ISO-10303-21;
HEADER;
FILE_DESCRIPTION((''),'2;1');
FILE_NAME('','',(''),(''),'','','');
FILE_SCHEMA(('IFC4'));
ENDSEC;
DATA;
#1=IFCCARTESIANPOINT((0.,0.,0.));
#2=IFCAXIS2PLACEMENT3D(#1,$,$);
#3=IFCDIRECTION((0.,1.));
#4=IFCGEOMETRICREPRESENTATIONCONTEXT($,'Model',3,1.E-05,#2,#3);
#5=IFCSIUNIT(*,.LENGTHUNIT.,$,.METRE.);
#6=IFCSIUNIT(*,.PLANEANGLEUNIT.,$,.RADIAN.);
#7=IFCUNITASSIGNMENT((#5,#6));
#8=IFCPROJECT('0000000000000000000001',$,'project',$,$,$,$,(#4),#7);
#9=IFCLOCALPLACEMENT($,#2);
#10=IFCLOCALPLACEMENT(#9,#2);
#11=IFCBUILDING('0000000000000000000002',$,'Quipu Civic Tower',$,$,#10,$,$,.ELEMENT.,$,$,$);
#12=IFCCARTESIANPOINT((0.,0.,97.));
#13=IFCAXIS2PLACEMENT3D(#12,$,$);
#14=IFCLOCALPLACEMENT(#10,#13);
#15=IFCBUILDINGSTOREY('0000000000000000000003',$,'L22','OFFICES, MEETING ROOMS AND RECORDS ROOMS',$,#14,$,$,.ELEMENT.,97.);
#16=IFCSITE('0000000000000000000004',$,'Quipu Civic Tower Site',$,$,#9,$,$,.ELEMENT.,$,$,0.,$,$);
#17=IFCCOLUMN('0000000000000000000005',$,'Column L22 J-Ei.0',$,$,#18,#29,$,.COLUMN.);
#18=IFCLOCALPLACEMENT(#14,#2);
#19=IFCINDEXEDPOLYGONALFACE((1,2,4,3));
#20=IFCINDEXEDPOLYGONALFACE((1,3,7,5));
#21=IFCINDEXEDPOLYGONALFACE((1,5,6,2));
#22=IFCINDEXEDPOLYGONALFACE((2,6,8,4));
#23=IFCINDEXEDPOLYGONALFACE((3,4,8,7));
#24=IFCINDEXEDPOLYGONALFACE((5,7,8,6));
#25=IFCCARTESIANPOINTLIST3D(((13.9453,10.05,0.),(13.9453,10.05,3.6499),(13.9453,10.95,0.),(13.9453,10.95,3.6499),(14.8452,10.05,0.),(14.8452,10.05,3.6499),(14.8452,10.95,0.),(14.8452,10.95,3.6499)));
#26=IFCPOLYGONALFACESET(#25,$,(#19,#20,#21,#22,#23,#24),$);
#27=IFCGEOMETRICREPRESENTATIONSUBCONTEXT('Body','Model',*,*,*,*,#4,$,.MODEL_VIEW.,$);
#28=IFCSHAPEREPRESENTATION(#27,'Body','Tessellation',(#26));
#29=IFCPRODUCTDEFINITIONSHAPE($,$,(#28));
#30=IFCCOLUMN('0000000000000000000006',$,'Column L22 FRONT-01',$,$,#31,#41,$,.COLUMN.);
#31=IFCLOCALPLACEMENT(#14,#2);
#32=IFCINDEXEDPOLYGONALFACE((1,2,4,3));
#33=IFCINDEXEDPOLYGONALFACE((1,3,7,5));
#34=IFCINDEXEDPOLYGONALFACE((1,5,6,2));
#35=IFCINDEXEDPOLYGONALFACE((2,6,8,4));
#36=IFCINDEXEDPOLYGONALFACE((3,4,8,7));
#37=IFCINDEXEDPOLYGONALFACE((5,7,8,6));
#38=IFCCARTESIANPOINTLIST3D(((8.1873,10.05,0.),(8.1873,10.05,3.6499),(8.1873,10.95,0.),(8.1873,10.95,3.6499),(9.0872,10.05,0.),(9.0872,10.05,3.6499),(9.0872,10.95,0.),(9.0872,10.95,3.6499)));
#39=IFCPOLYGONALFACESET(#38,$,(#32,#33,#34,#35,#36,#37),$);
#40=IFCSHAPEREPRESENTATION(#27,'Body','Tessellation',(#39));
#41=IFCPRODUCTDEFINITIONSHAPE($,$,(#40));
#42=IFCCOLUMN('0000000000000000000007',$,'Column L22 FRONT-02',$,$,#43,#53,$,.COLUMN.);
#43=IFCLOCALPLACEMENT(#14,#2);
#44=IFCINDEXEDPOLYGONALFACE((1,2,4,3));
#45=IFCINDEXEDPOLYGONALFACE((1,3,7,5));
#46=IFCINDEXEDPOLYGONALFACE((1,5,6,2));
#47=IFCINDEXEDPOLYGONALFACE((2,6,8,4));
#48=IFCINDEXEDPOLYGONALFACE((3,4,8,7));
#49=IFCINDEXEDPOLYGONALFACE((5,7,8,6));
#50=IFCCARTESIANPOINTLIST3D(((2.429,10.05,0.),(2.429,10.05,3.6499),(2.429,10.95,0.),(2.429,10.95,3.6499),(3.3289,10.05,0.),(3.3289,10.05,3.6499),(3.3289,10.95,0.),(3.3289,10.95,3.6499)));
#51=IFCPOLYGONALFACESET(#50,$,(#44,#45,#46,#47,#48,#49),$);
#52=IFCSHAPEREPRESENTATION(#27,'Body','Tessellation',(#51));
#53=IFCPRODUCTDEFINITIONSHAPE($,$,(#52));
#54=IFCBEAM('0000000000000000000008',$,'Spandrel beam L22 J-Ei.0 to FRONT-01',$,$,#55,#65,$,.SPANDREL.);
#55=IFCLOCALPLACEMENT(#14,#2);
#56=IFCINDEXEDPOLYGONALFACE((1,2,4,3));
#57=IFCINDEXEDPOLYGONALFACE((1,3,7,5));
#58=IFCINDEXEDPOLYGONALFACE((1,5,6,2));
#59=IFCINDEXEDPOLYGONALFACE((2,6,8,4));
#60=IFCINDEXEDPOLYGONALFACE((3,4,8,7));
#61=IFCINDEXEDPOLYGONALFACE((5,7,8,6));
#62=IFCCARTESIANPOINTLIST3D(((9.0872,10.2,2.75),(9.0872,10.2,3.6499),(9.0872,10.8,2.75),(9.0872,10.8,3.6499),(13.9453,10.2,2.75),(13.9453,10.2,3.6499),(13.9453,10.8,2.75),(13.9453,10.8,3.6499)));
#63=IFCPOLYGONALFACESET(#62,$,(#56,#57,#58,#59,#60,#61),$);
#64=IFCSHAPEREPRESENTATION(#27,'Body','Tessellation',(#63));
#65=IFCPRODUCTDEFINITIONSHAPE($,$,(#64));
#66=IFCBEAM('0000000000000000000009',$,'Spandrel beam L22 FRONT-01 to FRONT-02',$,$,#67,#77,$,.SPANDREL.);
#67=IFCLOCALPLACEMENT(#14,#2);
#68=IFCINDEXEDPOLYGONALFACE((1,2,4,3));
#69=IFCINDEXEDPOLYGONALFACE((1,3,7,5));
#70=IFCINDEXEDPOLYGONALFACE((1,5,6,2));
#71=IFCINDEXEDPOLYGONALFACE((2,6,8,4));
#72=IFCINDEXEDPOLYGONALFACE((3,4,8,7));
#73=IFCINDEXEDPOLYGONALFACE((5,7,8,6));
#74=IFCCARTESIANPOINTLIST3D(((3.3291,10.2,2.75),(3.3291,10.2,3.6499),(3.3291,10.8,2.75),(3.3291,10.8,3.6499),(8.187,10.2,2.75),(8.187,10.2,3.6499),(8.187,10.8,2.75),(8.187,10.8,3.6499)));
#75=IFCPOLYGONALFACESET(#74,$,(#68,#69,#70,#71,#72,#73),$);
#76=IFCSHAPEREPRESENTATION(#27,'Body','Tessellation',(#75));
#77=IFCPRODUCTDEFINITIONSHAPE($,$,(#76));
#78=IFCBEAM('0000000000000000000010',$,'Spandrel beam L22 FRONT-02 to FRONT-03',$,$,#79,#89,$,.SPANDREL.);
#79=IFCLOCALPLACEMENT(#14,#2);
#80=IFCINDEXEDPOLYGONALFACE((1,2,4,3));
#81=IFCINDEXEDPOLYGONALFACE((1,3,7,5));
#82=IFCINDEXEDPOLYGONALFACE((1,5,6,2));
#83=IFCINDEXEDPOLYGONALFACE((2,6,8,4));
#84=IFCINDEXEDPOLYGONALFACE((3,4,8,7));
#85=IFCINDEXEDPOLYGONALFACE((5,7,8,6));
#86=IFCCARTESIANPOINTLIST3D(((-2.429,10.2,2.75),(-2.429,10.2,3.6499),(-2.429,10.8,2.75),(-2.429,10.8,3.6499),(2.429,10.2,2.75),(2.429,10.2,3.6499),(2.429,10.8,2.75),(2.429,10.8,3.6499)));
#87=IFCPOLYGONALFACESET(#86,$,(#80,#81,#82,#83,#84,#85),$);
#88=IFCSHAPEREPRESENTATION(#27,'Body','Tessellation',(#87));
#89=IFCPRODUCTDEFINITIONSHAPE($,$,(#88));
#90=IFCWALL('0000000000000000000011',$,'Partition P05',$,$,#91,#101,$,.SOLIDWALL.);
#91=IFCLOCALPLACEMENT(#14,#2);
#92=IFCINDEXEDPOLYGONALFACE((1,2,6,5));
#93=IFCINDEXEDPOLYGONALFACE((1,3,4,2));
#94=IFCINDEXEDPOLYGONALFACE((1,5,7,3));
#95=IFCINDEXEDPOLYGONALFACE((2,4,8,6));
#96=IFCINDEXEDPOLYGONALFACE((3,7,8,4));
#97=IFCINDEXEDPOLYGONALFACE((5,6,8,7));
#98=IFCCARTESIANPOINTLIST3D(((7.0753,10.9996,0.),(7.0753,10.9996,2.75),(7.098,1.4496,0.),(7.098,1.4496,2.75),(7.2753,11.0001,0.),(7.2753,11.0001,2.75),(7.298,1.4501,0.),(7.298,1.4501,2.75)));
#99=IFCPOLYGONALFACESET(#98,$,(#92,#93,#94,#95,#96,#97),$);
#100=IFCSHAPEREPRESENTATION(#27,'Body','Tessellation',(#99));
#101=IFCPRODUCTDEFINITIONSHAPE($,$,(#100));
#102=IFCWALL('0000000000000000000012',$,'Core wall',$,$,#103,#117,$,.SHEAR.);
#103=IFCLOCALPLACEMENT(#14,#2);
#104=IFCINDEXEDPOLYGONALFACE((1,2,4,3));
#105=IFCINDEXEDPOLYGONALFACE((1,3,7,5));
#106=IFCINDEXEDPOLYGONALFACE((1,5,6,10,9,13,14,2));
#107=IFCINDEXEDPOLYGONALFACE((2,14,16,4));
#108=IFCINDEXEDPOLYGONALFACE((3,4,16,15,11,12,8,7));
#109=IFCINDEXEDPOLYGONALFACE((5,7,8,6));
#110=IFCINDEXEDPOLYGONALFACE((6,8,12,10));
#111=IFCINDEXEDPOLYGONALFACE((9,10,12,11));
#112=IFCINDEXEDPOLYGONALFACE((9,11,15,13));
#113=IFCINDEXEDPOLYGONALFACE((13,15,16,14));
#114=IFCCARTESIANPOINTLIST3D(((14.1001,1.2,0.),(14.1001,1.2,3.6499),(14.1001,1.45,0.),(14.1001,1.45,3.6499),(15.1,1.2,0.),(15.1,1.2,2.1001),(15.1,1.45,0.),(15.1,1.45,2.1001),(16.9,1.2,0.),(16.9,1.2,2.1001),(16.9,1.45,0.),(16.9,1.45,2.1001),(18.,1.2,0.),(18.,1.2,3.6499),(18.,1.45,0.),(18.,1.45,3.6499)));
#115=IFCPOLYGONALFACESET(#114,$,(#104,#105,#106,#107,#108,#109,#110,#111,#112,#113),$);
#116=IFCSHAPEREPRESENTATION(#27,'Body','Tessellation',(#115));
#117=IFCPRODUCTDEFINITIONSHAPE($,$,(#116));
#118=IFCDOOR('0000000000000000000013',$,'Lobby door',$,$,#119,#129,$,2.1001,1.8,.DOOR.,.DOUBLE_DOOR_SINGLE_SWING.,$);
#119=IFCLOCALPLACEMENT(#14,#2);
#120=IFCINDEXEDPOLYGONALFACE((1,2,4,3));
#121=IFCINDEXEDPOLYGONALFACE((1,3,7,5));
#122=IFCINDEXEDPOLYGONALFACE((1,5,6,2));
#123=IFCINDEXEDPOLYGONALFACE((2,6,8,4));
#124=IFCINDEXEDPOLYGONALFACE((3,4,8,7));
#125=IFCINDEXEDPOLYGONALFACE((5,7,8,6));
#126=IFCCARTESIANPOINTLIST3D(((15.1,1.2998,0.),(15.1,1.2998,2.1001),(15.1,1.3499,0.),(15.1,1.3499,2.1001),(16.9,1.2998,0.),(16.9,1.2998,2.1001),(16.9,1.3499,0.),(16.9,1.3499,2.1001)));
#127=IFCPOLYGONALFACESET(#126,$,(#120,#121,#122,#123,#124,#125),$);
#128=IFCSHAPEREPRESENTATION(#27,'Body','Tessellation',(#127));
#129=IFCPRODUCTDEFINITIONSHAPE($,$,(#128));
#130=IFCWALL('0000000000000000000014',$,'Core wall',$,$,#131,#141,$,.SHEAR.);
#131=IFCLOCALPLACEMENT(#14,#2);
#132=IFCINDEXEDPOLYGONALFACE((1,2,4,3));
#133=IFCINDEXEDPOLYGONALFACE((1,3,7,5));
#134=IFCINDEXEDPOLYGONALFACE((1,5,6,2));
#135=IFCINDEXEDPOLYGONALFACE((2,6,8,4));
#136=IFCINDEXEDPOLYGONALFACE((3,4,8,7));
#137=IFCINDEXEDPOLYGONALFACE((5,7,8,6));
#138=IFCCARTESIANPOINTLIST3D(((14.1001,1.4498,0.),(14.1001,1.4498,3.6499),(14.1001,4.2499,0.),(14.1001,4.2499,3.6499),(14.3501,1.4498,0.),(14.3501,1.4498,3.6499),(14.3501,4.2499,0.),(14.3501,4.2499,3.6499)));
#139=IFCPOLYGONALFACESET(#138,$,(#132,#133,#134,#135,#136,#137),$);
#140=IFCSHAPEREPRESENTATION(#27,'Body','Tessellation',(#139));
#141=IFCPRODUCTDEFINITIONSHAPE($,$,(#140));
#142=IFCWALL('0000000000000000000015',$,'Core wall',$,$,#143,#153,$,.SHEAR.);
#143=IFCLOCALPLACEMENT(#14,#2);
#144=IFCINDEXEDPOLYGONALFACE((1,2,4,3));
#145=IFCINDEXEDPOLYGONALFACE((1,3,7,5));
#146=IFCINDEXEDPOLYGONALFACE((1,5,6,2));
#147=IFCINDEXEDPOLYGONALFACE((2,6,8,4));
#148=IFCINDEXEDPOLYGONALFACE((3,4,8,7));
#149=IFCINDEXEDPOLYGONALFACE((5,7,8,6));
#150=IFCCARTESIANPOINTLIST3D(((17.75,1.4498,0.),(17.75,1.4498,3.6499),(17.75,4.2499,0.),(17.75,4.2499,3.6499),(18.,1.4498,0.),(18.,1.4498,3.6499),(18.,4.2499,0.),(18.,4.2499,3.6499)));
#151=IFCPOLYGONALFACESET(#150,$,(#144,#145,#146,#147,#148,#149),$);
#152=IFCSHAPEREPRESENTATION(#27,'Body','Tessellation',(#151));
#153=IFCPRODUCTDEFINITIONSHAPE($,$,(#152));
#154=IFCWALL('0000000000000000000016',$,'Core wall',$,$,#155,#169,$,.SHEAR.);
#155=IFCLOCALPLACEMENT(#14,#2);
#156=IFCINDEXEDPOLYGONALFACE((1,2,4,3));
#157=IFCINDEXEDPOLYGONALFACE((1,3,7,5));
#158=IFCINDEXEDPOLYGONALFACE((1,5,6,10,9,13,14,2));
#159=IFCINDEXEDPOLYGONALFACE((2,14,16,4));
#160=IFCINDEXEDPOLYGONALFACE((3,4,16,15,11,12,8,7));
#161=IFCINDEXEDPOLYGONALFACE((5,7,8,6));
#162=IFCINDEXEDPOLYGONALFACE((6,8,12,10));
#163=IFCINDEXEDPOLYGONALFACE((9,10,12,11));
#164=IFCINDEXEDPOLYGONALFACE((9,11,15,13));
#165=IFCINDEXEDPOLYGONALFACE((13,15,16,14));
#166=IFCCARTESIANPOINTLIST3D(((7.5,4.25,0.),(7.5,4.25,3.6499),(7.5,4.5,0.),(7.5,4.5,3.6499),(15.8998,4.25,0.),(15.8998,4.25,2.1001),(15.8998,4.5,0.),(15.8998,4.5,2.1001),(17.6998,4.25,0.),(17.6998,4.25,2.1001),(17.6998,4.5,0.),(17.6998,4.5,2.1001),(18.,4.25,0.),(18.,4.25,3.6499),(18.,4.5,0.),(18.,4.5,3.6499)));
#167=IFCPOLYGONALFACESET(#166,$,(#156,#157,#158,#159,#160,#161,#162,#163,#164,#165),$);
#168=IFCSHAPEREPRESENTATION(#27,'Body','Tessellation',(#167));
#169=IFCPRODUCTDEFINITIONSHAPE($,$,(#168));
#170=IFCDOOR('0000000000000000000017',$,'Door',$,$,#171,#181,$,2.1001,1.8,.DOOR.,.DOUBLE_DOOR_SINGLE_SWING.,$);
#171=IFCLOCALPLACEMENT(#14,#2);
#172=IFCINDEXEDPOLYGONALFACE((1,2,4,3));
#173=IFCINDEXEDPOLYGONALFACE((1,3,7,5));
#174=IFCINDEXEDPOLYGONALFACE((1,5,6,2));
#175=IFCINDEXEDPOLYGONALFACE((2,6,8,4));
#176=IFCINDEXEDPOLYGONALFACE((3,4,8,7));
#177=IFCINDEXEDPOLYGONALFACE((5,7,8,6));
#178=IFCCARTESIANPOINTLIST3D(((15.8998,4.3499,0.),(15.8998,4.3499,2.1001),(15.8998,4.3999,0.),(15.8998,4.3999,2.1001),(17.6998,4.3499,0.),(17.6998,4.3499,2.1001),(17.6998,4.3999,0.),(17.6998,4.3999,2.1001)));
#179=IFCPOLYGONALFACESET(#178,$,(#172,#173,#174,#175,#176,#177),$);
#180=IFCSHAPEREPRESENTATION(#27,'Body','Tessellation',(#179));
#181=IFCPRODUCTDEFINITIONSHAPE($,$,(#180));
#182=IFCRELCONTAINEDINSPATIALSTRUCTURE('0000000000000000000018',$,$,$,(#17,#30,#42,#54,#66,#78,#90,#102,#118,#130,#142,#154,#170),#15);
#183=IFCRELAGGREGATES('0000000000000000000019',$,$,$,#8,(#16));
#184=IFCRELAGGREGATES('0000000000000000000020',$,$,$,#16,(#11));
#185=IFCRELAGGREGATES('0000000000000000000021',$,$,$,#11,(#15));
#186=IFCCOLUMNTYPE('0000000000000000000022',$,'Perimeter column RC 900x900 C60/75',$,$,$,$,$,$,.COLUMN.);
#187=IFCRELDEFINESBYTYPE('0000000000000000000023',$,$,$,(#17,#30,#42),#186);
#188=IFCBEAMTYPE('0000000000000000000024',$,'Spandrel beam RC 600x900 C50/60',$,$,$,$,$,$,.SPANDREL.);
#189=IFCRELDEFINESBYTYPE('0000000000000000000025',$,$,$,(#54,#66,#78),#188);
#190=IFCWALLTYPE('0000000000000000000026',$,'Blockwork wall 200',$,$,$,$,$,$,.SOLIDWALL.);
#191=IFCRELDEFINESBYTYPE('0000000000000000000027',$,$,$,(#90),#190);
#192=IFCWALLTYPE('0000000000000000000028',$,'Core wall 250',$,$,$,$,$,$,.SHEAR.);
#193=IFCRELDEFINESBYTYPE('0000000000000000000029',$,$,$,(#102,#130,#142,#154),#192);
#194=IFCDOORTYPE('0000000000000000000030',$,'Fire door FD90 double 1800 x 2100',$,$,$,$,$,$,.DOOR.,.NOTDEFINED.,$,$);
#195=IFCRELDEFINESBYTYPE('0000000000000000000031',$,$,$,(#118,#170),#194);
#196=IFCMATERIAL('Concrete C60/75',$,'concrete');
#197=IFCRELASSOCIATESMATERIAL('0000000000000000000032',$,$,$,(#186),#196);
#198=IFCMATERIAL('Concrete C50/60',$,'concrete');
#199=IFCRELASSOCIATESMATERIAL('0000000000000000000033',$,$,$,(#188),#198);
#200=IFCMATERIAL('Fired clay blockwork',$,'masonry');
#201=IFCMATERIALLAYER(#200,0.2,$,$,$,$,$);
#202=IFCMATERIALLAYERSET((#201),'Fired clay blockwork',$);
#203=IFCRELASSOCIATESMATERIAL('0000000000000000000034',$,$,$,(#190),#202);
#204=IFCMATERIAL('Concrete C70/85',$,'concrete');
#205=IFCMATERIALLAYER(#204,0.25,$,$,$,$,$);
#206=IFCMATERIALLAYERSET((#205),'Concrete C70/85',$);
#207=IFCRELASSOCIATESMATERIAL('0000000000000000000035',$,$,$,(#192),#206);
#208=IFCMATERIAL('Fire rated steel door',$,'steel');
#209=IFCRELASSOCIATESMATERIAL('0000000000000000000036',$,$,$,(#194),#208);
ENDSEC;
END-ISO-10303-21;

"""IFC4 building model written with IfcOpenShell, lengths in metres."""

from ifc_helpers import new_model, si_unit, direction, frame, frame_2d, origin, origin_2d, place, context, subcontext, project, spatial, rectangle, extrude, material, layer, layer_set, material_profile, profile_set, type_object, element, fill, save


model = new_model("IFC4")

# Units and contexts
model_context = context("Model", 3, precision=1e-05, world=origin(), true_north=direction((0.0, 1.0)))
body_context = subcontext(model_context, "Body", "Model", "MODEL_VIEW")
ifc_project = project(units=[si_unit("LENGTHUNIT", "METRE"), si_unit("PLANEANGLEUNIT", "RADIAN")], contexts=[model_context])

# Site, building, storey
site_placement = place(None, origin())
site = spatial("IfcSite", under=ifc_project, at=site_placement, Name="Quipu Civic Tower Site", CompositionType="ELEMENT", RefElevation=0.0)
building_placement = place(site_placement, origin())
building = spatial("IfcBuilding", under=site, at=building_placement, Name="Quipu Civic Tower", CompositionType="ELEMENT")
storey_placement = place(building_placement, frame((0.0, 0.0, 97.0)))
storey = spatial("IfcBuildingStorey", under=building, at=storey_placement, Name="L22", Description="OFFICES, MEETING ROOMS AND RECORDS ROOMS", CompositionType="ELEMENT", Elevation=97.0)

# Columns
ifc_material_1 = material(Name="Concrete C60/75", Category="concrete")
ifc_material_profile_1 = material_profile(ifc_material_1, rectangle(XDim=0.8999, YDim=0.8999, at=origin_2d()), Name="RC900x900")
ifc_profile_set_1 = profile_set([ifc_material_profile_1], Name="Concrete C60/75")
column_type = type_object("IfcColumnType", Name="Perimeter column RC 900x900 C60/75", PredefinedType="COLUMN", material=ifc_profile_set_1)
for number, where, z_axis, x_axis, name in (
    (1, (14.3953, 10.5, 0.0), (0.0, 0.0, 1.0), (-1.0, 0.0, 0.0), "Column L22 J-Ei.0"),
    (2, (8.6372, 10.5, 0.0), (0.0, 0.0, 1.0), (-1.0, 0.0, 0.0), "Column L22 FRONT-01"),
    (3, (2.8789, 10.5, 0.0), (0.0, 0.0, 1.0), (-1.0, 0.0, 0.0), "Column L22 FRONT-02"),
):
    element("IfcColumn", number, at=place(storey_placement, frame(where, z_axis=z_axis, x_axis=x_axis)), inside=storey, type_object=column_type, Name=name, PredefinedType="COLUMN", context=body_context, shape_type="SweptSolid", body=[
        extrude(rectangle(XDim=0.8999, YDim=0.8999, at=origin_2d()), origin(), (0.0, 0.0, 1.0), 3.6499),
    ])

# Beams
ifc_material_2 = material(Name="Concrete C50/60", Category="concrete")
ifc_material_profile_2 = material_profile(ifc_material_2, rectangle(XDim=0.6001, YDim=0.8999, at=origin_2d()), Name="RC600x900")
ifc_profile_set_2 = profile_set([ifc_material_profile_2], Name="Concrete C50/60")
beam_type = type_object("IfcBeamType", Name="Spandrel beam RC 600x900 C50/60", PredefinedType="SPANDREL", material=ifc_profile_set_2)
beam_placement = place(storey_placement, frame((13.9453, 10.5, 3.2), z_axis=(-1.0, 0.0, 0.0), x_axis=(0.0, -1.0, 0.0)))
element("IfcBeam", 4, at=beam_placement, inside=storey, type_object=beam_type, Name="Spandrel beam L22 J-Ei.0 to FRONT-01", PredefinedType="SPANDREL", context=body_context, shape_type="SweptSolid", body=[
    extrude(rectangle(XDim=0.6001, YDim=0.8999, at=origin_2d()), origin(), (0.0, 0.0, 1.0), 4.8582),
])
for number, where, z_axis, x_axis, name in (
    (5, (8.187, 10.5, 3.2), (-1.0, 0.0, 0.0), (0.0, -1.0, 0.0), "Spandrel beam L22 FRONT-01 to FRONT-02"),
    (6, (2.429, 10.5, 3.2), (-1.0, 0.0, 0.0), (0.0, -1.0, 0.0), "Spandrel beam L22 FRONT-02 to FRONT-03"),
):
    element("IfcBeam", number, at=place(storey_placement, frame(where, z_axis=z_axis, x_axis=x_axis)), inside=storey, type_object=beam_type, Name=name, PredefinedType="SPANDREL", context=body_context, shape_type="SweptSolid", body=[
        extrude(rectangle(XDim=0.6001, YDim=0.8999, at=origin_2d()), origin(), (0.0, 0.0, 1.0), 4.8579),
    ])

# Wall
ifc_material_3 = material(Name="Fired clay blockwork", Category="masonry")
ifc_layer_1 = layer(ifc_material_3, 0.2)
ifc_layer_set_1 = layer_set([ifc_layer_1], Name="Fired clay blockwork")
wall_type_1 = type_object("IfcWallType", Name="Blockwork wall 200", PredefinedType="SOLIDWALL", material=ifc_layer_set_1)
wall_1_placement = place(storey_placement, frame((7.198, 1.45, 0.0), z_axis=(0.0, 0.0, 1.0), x_axis=(-0.002377, 0.999997, 0.0)))
element("IfcWall", 7, at=wall_1_placement, inside=storey, type_object=wall_type_1, Name="Partition P05", PredefinedType="SOLIDWALL", context=body_context, shape_type="SweptSolid", body=[
    extrude(rectangle(XDim=9.55, YDim=0.2, at=frame_2d((4.7749, 0.0))), origin(), (0.0, 0.0, 1.0), 2.75),
])

# Wall, opening, door
ifc_material_4 = material(Name="Concrete C70/85", Category="concrete")
ifc_layer_2 = layer(ifc_material_4, 0.25)
ifc_layer_set_2 = layer_set([ifc_layer_2], Name="Concrete C70/85")
wall_type_2 = type_object("IfcWallType", Name="Core wall 250", PredefinedType="SHEAR", material=ifc_layer_set_2)
wall_2_placement = place(storey_placement, frame((14.1001, 1.325, 0.0), z_axis=(0.0, 0.0, 1.0), x_axis=(1.0, 0.0, 0.0)))
wall_2 = element("IfcWall", 8, at=wall_2_placement, inside=storey, type_object=wall_type_2, Name="Core wall", PredefinedType="SHEAR", context=body_context, shape_type="SweptSolid", body=[
    extrude(rectangle(XDim=3.8999, YDim=0.25, at=frame_2d((1.95, 0.0))), origin(), (0.0, 0.0, 1.0), 3.6499),
])
opening_1_placement = place(wall_2_placement, frame((1.0, 0.0, 0.0)))
opening_1 = element("IfcOpeningElement", 9, at=opening_1_placement, cuts=wall_2, PredefinedType="OPENING", context=body_context, shape_type="SweptSolid", body=[
    extrude(rectangle(XDim=1.8, YDim=2.1001, at=frame_2d((0.8999, 1.05))), frame((0.0, 0.135, 0.0), z_axis=(0.0, -1.0, 0.0), x_axis=(1.0, 0.0, 0.0)), (0.0, 0.0, 1.0), 0.27),
])
ifc_material_5 = material(Name="Fire rated steel door", Category="steel")
door_type = type_object("IfcDoorType", Name="Fire door FD90 double 1800 x 2100", OperationType="NOTDEFINED", PredefinedType="DOOR", material=ifc_material_5)
door_1_placement = place(opening_1_placement, origin())
door_1 = element("IfcDoor", 10, at=door_1_placement, inside=storey, type_object=door_type, Name="Lobby door", OperationType="DOUBLE_DOOR_SINGLE_SWING", OverallHeight=2.1001, OverallWidth=1.8, PredefinedType="DOOR", context=body_context, shape_type="SweptSolid", body=[
    extrude(rectangle(XDim=1.8, YDim=2.1001, at=frame_2d((0.8999, 1.05))), frame((0.0, 0.0249, 0.0), z_axis=(0.0, -1.0, 0.0), x_axis=(1.0, 0.0, 0.0)), (0.0, 0.0, 1.0), 0.05),
])
fill(opening_1, door_1)

# Walls
for number, where, z_axis, x_axis, name in (
    (11, (14.2251, 1.45, 0.0), (0.0, 0.0, 1.0), (0.0, 1.0, 0.0), "Core wall"),
    (12, (17.875, 1.45, 0.0), (0.0, 0.0, 1.0), (0.0, 1.0, 0.0), "Core wall"),
):
    element("IfcWall", number, at=place(storey_placement, frame(where, z_axis=z_axis, x_axis=x_axis)), inside=storey, type_object=wall_type_2, Name=name, PredefinedType="SHEAR", context=body_context, shape_type="SweptSolid", body=[
        extrude(rectangle(XDim=2.8, YDim=0.25, at=frame_2d((1.3999, 0.0))), origin(), (0.0, 0.0, 1.0), 3.6499),
    ])

# Wall, opening, door
wall_3_placement = place(storey_placement, frame((7.5, 4.375, 0.0), z_axis=(0.0, 0.0, 1.0), x_axis=(1.0, 0.0, 0.0)))
wall_3 = element("IfcWall", 13, at=wall_3_placement, inside=storey, type_object=wall_type_2, Name="Core wall", PredefinedType="SHEAR", context=body_context, shape_type="SweptSolid", body=[
    extrude(rectangle(XDim=10.5, YDim=0.25, at=frame_2d((5.25, 0.0))), origin(), (0.0, 0.0, 1.0), 3.6499),
])
opening_2_placement = place(wall_3_placement, frame((8.3999, 0.0, 0.0)))
opening_2 = element("IfcOpeningElement", 14, at=opening_2_placement, cuts=wall_3, PredefinedType="OPENING", context=body_context, shape_type="SweptSolid", body=[
    extrude(rectangle(XDim=1.8, YDim=2.1001, at=frame_2d((0.8999, 1.05))), frame((0.0, 0.135, 0.0), z_axis=(0.0, -1.0, 0.0), x_axis=(1.0, 0.0, 0.0)), (0.0, 0.0, 1.0), 0.27),
])
door_2_placement = place(opening_2_placement, origin())
door_2 = element("IfcDoor", 15, at=door_2_placement, inside=storey, type_object=door_type, Name="Door", OperationType="DOUBLE_DOOR_SINGLE_SWING", OverallHeight=2.1001, OverallWidth=1.8, PredefinedType="DOOR", context=body_context, shape_type="SweptSolid", body=[
    extrude(rectangle(XDim=1.8, YDim=2.1001, at=frame_2d((0.8999, 1.05))), frame((0.0, 0.0249, 0.0), z_axis=(0.0, -1.0, 0.0), x_axis=(1.0, 0.0, 0.0)), (0.0, 0.0, 1.0), 0.05),
])
fill(opening_2, door_2)

save(model, "model.ifc")
